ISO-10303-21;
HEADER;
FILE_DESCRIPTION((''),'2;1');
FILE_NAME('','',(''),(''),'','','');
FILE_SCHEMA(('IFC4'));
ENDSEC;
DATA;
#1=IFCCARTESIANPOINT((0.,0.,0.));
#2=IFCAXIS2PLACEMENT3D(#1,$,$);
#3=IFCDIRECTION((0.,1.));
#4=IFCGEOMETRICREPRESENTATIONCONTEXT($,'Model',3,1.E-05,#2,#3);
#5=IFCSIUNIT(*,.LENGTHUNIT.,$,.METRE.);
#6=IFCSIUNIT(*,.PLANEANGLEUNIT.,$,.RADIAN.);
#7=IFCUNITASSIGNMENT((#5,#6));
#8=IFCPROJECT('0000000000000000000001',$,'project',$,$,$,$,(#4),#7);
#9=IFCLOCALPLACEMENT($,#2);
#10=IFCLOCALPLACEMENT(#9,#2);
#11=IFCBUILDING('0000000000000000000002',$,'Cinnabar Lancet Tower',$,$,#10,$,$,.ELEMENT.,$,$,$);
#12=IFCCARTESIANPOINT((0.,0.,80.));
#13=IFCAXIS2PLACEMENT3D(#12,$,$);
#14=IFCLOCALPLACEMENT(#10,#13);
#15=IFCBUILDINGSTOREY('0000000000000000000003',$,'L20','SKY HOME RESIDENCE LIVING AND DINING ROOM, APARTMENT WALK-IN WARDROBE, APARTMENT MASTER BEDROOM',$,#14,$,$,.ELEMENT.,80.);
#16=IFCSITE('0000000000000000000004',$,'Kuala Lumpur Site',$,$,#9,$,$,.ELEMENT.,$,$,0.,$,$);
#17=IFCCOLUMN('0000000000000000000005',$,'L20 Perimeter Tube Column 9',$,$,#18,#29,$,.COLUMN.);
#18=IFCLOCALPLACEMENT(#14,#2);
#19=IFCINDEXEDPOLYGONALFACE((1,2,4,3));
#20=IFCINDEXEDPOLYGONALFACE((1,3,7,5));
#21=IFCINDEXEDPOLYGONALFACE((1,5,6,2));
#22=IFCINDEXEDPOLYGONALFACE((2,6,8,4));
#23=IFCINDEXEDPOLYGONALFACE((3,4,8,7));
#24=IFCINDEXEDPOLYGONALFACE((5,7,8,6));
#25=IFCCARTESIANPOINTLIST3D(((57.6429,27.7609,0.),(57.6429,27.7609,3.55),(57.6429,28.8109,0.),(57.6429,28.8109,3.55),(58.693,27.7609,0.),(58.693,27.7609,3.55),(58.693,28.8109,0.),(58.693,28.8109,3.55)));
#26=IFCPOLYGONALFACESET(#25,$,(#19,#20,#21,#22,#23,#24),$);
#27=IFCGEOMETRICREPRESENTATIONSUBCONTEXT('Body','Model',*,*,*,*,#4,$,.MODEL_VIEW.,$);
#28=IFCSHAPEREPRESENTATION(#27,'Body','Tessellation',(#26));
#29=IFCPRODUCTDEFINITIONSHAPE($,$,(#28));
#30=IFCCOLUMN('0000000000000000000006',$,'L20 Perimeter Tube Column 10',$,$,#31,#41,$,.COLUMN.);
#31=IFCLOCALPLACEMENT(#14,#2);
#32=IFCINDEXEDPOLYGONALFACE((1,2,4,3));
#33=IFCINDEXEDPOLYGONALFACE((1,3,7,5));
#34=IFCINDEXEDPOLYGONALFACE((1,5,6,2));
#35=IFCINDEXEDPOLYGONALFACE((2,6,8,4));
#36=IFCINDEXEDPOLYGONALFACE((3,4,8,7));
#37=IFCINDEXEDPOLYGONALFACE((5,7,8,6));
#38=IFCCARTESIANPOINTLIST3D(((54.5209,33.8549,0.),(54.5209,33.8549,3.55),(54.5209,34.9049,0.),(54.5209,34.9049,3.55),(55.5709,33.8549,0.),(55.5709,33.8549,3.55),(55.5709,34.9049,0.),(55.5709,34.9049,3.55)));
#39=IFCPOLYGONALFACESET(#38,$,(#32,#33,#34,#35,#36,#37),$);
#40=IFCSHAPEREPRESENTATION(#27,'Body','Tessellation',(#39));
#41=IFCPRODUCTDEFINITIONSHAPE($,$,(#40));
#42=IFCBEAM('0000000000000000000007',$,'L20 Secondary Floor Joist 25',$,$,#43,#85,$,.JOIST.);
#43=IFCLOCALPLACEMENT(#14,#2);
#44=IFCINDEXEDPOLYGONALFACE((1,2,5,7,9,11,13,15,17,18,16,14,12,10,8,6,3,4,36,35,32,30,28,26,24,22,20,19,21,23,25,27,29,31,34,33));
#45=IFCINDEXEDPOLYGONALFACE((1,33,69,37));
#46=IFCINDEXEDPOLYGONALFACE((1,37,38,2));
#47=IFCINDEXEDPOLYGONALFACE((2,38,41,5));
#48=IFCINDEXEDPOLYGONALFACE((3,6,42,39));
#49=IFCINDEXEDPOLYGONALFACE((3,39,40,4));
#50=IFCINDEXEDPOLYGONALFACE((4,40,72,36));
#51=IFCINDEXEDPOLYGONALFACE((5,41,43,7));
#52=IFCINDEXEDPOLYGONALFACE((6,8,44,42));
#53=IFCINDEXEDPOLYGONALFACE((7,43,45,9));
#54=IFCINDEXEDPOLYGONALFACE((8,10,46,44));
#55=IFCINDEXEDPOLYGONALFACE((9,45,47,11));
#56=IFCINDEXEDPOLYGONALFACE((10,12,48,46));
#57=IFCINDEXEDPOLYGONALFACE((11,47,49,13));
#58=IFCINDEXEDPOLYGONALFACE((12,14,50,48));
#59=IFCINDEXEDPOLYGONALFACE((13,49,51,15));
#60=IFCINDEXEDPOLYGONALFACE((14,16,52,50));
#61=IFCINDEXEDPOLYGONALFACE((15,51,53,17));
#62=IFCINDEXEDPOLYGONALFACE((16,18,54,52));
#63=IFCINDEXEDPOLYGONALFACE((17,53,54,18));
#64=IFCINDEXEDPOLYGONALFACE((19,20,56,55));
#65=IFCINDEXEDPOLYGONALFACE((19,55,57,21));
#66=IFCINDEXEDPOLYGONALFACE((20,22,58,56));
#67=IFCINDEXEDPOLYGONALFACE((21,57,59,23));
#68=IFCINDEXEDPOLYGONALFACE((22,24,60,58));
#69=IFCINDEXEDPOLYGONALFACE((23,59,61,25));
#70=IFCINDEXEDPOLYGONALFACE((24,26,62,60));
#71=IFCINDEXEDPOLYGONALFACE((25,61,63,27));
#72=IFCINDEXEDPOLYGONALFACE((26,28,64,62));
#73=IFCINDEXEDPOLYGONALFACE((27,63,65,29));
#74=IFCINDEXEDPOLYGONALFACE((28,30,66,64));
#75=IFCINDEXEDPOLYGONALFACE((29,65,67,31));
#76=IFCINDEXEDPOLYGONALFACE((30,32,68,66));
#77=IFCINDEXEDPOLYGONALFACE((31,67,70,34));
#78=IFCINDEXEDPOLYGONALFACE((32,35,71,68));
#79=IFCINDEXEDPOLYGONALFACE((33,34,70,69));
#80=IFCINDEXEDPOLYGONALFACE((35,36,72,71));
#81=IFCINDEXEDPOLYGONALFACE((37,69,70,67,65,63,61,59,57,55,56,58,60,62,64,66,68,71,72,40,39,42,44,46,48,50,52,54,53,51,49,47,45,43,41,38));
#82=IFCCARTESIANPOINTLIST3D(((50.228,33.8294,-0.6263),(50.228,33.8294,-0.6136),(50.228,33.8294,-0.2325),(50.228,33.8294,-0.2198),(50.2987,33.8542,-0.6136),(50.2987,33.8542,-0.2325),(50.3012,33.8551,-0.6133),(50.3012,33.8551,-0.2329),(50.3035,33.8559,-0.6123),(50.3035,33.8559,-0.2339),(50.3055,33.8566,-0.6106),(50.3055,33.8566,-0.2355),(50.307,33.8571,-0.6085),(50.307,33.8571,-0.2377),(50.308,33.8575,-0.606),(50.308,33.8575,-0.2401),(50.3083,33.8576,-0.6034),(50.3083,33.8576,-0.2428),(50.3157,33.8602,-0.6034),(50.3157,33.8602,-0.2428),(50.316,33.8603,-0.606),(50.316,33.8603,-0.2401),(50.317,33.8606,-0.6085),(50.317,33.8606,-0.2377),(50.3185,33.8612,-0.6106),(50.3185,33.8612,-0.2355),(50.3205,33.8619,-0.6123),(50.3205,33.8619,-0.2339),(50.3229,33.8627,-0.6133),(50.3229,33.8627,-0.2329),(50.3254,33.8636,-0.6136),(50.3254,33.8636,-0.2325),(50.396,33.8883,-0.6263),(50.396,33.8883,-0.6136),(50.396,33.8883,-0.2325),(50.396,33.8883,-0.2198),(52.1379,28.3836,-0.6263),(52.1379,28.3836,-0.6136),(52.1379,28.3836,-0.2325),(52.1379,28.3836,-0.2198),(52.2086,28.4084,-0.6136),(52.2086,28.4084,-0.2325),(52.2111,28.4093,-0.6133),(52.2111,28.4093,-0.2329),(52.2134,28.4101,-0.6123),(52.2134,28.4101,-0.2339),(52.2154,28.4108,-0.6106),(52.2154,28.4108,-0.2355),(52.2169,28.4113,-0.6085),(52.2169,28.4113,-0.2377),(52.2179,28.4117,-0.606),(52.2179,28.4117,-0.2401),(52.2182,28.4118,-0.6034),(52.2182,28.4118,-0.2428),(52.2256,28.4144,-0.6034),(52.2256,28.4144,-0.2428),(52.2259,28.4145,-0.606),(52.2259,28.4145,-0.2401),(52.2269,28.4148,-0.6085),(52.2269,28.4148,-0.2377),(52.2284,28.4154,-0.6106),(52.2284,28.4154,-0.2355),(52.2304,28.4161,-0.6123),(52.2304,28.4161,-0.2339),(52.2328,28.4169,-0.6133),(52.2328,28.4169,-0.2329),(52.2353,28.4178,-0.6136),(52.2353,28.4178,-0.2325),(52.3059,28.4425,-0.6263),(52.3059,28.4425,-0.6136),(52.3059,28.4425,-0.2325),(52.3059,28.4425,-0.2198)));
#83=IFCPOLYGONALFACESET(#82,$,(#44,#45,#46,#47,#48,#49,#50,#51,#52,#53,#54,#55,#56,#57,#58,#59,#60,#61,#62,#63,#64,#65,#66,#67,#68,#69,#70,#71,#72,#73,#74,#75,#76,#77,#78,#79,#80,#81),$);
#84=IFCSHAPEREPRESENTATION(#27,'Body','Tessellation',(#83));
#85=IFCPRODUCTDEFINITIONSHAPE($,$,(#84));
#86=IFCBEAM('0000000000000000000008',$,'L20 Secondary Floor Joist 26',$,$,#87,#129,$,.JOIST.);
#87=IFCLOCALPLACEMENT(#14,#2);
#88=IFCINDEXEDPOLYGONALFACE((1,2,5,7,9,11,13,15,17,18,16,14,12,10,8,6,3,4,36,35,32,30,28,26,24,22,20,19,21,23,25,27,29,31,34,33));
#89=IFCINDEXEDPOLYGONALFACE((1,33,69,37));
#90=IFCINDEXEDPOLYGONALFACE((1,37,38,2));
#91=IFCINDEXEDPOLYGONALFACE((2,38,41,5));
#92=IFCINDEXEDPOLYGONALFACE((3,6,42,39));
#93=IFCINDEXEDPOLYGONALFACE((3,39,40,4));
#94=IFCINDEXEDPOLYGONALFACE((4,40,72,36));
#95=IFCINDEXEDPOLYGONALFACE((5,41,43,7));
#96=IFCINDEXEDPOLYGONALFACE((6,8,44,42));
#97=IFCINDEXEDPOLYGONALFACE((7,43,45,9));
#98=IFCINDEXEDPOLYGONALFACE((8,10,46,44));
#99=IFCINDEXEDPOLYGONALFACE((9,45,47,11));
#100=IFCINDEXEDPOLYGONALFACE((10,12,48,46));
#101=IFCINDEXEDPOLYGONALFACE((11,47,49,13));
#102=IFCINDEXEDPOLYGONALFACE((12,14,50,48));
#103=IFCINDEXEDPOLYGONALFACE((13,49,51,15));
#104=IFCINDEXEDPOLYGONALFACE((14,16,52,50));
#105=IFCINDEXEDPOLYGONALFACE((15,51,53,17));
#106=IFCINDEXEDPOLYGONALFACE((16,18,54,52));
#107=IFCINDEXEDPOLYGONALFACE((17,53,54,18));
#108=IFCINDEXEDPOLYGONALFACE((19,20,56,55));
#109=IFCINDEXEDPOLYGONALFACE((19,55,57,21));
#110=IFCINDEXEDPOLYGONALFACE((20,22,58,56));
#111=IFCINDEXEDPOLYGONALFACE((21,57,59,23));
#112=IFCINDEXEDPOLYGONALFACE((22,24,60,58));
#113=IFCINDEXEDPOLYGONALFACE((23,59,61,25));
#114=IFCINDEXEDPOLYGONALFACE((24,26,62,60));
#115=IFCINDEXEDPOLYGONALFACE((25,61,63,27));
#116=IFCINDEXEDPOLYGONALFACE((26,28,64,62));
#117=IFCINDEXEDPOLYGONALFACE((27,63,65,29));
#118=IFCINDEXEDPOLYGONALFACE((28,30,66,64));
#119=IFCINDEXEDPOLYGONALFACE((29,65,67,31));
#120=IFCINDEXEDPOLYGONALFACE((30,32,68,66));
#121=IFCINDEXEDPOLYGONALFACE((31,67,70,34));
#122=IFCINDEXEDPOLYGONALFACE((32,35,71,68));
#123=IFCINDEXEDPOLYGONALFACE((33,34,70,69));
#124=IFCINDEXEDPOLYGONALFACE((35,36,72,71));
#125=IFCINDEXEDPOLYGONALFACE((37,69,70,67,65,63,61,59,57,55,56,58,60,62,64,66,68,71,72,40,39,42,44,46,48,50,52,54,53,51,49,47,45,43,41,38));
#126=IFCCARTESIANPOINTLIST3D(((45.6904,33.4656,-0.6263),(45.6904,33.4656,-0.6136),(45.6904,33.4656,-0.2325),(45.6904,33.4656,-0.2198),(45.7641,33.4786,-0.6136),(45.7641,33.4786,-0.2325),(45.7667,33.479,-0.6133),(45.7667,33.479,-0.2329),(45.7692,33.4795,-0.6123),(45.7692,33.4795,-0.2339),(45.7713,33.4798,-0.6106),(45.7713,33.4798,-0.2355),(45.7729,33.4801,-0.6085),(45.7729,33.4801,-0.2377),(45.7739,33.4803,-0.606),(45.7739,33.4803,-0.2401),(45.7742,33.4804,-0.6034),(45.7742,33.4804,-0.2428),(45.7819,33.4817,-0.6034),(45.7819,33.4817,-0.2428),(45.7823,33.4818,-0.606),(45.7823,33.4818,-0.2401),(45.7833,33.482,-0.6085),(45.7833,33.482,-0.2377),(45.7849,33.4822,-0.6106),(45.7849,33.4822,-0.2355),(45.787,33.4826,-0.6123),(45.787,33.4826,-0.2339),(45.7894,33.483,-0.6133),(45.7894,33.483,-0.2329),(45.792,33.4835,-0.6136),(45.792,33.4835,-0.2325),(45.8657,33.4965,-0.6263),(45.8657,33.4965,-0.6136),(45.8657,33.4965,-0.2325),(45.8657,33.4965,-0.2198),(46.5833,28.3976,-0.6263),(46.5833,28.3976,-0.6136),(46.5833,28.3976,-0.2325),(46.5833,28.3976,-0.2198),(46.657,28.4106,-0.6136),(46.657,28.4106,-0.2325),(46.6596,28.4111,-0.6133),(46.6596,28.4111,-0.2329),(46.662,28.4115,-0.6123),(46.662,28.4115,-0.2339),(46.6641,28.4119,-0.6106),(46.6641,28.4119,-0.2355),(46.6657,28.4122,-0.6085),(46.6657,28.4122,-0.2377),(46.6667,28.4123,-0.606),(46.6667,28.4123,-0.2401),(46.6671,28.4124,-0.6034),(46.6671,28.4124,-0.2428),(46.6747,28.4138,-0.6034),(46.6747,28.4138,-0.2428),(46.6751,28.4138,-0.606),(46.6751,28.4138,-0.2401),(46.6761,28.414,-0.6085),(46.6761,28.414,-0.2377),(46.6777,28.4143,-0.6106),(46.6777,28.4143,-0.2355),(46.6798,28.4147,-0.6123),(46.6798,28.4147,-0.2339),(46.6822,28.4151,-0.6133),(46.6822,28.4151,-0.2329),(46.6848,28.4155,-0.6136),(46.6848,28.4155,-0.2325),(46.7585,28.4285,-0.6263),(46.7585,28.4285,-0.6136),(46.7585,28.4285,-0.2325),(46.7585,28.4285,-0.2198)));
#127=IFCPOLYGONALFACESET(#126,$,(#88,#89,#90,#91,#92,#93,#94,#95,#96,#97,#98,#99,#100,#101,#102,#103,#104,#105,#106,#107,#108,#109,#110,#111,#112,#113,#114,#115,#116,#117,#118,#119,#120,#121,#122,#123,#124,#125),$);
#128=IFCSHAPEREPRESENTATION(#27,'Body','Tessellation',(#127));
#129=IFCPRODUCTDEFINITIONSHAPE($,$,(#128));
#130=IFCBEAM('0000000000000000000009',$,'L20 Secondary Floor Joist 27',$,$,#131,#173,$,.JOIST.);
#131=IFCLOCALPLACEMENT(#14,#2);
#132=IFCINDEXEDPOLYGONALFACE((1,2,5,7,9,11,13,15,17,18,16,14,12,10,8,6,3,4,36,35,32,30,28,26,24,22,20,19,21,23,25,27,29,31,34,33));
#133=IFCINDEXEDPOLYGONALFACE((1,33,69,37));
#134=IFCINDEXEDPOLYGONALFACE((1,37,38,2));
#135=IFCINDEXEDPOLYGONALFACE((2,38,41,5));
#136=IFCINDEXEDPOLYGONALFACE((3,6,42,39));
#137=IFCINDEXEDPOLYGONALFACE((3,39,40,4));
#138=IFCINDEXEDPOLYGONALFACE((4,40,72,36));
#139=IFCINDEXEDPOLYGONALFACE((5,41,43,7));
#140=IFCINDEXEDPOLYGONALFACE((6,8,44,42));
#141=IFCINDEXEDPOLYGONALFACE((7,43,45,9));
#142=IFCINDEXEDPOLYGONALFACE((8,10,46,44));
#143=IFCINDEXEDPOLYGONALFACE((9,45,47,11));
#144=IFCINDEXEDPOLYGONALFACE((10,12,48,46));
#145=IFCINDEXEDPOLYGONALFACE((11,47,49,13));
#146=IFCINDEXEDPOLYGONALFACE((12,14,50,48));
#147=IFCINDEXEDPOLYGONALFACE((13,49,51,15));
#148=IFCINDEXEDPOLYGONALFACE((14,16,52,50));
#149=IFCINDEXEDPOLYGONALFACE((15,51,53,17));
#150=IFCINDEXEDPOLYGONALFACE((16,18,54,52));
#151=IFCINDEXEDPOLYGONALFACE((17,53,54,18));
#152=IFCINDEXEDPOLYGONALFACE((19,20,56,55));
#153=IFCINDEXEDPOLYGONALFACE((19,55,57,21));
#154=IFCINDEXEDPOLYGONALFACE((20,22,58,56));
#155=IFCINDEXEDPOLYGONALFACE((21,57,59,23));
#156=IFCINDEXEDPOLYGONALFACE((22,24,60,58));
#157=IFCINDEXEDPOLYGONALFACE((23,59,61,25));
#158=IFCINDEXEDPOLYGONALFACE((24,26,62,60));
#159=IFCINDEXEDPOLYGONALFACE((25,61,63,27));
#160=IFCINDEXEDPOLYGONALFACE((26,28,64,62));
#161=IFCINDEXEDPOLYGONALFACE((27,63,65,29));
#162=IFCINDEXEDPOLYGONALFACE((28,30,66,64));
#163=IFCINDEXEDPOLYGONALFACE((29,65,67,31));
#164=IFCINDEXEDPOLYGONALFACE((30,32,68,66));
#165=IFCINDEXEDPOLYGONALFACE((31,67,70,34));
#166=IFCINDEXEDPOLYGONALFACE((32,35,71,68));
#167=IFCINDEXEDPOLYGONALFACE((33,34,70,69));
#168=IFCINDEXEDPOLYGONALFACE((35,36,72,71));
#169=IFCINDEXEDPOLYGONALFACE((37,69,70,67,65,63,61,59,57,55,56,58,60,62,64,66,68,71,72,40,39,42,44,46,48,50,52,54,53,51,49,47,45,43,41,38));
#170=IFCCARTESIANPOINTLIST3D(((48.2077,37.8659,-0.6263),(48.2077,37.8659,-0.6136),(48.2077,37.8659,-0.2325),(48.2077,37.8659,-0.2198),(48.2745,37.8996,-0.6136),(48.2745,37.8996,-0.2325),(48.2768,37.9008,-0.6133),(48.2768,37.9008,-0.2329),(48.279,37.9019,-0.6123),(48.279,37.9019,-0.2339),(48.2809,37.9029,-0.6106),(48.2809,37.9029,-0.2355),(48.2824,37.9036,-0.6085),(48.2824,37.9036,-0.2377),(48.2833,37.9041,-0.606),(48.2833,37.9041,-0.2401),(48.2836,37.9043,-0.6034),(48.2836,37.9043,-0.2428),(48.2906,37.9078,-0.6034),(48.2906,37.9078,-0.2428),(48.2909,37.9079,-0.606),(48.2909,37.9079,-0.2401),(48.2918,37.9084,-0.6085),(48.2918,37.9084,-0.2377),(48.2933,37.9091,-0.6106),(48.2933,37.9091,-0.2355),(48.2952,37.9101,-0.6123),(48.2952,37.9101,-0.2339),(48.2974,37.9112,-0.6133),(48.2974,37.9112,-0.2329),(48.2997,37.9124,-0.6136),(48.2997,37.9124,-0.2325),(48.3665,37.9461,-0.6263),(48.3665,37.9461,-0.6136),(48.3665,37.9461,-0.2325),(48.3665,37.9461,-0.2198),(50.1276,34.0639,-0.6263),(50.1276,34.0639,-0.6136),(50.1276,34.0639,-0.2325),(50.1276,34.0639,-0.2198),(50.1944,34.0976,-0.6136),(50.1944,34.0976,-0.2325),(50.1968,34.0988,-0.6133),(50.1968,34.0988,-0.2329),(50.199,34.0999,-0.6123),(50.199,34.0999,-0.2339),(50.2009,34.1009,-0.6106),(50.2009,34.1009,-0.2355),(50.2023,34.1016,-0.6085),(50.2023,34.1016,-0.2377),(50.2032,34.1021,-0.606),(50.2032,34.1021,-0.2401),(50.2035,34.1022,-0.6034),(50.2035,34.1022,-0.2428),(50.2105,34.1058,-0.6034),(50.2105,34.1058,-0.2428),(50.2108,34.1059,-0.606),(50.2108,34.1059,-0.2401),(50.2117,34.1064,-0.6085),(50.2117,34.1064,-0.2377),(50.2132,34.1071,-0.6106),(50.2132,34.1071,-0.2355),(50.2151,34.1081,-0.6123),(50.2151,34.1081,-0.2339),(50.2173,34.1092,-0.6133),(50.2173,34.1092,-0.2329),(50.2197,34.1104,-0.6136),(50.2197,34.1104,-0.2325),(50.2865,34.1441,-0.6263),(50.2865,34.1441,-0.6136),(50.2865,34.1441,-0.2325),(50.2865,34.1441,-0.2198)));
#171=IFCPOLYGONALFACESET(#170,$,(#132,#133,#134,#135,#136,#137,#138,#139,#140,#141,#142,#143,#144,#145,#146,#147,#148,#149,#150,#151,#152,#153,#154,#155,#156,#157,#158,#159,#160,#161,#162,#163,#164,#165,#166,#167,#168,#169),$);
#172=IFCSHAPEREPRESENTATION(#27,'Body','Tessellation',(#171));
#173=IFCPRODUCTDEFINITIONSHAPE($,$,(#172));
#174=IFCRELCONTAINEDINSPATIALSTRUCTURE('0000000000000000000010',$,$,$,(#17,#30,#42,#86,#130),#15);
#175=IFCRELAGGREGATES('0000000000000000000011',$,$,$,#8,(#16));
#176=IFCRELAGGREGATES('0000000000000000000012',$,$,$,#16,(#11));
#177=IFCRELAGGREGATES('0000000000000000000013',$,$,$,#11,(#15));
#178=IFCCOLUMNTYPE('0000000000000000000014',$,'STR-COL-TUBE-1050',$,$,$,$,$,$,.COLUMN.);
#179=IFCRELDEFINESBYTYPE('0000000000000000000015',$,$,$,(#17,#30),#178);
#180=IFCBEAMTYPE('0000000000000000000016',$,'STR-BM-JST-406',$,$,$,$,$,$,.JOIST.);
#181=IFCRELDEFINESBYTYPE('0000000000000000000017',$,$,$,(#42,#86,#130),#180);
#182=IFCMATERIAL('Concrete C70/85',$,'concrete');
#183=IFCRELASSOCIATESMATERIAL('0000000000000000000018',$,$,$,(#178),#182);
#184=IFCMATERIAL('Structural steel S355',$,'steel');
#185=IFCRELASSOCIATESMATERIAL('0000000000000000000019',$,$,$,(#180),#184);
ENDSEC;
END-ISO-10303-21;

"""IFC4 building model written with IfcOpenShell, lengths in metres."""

from ifc_helpers import new_model, si_unit, direction, frame, origin, origin_2d, place, context, subcontext, project, spatial, rectangle, i_section, extrude, material, material_profile, profile_set, type_object, element, save


model = new_model("IFC4")

# Units and contexts
model_context = context("Model", 3, precision=1e-05, world=origin(), true_north=direction((0.0, 1.0)))
body_context = subcontext(model_context, "Body", "Model", "MODEL_VIEW")
ifc_project = project(units=[si_unit("LENGTHUNIT", "METRE"), si_unit("PLANEANGLEUNIT", "RADIAN")], contexts=[model_context])

# Site, building, storey
site_placement = place(None, origin())
site = spatial("IfcSite", under=ifc_project, at=site_placement, Name="Kuala Lumpur Site", CompositionType="ELEMENT", RefElevation=0.0)
building_placement = place(site_placement, origin())
building = spatial("IfcBuilding", under=site, at=building_placement, Name="Cinnabar Lancet Tower", CompositionType="ELEMENT")
storey_placement = place(building_placement, frame((0.0, 0.0, 80.0)))
storey = spatial("IfcBuildingStorey", under=building, at=storey_placement, Name="L20", Description="SKY HOME RESIDENCE LIVING AND DINING ROOM, APARTMENT WALK-IN WARDROBE, APARTMENT MASTER BEDROOM", CompositionType="ELEMENT", Elevation=80.0)

# Columns
ifc_material_1 = material(Name="Concrete C70/85", Category="concrete")
ifc_material_profile_1 = material_profile(ifc_material_1, rectangle(XDim=1.05, YDim=1.05, at=origin_2d()), Name="RC-COL 1050x1050")
ifc_profile_set_1 = profile_set([ifc_material_profile_1], Name="Concrete C70/85")
column_type = type_object("IfcColumnType", Name="STR-COL-TUBE-1050", PredefinedType="COLUMN", material=ifc_profile_set_1)
for number, where, z_axis, x_axis, name in (
    (1, (58.168, 28.2859, 0.0), (0.0, 0.0, 1.0), (1.0, 0.0, 0.0), "L20 Perimeter Tube Column 9"),
    (2, (55.0459, 34.3799, 0.0), (0.0, 0.0, 1.0), (1.0, 0.0, 0.0), "L20 Perimeter Tube Column 10"),
):
    element("IfcColumn", number, at=place(storey_placement, frame(where, z_axis=z_axis, x_axis=x_axis)), inside=storey, type_object=column_type, Name=name, PredefinedType="COLUMN", context=body_context, shape_type="SweptSolid", body=[
        extrude(rectangle(XDim=1.05, YDim=1.05, at=origin_2d()), origin(), (0.0, 0.0, 1.0), 3.55),
    ])

# Beams
ifc_material_2 = material(Name="Structural steel S355", Category="steel")
ifc_material_profile_2 = material_profile(ifc_material_2, i_section(OverallWidth=0.178, OverallDepth=0.4065, WebThickness=0.0078, FlangeThickness=0.0127, FilletRadius=0.0103, at=origin_2d()), Name="UKB 406x178x60")
ifc_profile_set_2 = profile_set([ifc_material_profile_2], Name="Structural steel S355")
beam_type_1 = type_object("IfcBeamType", Name="STR-BM-JST-406", PredefinedType="JOIST", material=ifc_profile_set_2)
beam_1_placement = place(storey_placement, frame((52.2219, 28.4131, -0.4231), z_axis=(-0.33095, 0.943648, 0.0), x_axis=(-0.943648, -0.33095, 0.0)))
element("IfcBeam", 3, at=beam_1_placement, inside=storey, type_object=beam_type_1, Name="L20 Secondary Floor Joist 25", PredefinedType="JOIST", context=body_context, shape_type="SweptSolid", body=[
    extrude(i_section(OverallWidth=0.178, OverallDepth=0.4065, WebThickness=0.0078, FlangeThickness=0.0127, FilletRadius=0.0103, at=origin_2d()), origin(), (0.0, 0.0, 1.0), 5.771),
])
beam_2_placement = place(storey_placement, frame((46.6709, 28.4131, -0.4231), z_axis=(-0.173501, 0.984834, 0.0), x_axis=(-0.984834, -0.173501, 0.0)))
element("IfcBeam", 4, at=beam_2_placement, inside=storey, type_object=beam_type_1, Name="L20 Secondary Floor Joist 26", PredefinedType="JOIST", context=body_context, shape_type="SweptSolid", body=[
    extrude(i_section(OverallWidth=0.178, OverallDepth=0.4065, WebThickness=0.0078, FlangeThickness=0.0127, FilletRadius=0.0103, at=origin_2d()), origin(), (0.0, 0.0, 1.0), 5.146),
])
beam_3_placement = place(storey_placement, frame((50.207, 34.104, -0.4231), z_axis=(-0.450764, 0.892643, 0.0), x_axis=(-0.892643, -0.450764, 0.0)))
element("IfcBeam", 5, at=beam_3_placement, inside=storey, type_object=beam_type_1, Name="L20 Secondary Floor Joist 27", PredefinedType="JOIST", context=body_context, shape_type="SweptSolid", body=[
    extrude(i_section(OverallWidth=0.178, OverallDepth=0.4065, WebThickness=0.0078, FlangeThickness=0.0127, FilletRadius=0.0103, at=origin_2d()), origin(), (0.0, 0.0, 1.0), 4.2593),
])

save(model, "model.ifc")
